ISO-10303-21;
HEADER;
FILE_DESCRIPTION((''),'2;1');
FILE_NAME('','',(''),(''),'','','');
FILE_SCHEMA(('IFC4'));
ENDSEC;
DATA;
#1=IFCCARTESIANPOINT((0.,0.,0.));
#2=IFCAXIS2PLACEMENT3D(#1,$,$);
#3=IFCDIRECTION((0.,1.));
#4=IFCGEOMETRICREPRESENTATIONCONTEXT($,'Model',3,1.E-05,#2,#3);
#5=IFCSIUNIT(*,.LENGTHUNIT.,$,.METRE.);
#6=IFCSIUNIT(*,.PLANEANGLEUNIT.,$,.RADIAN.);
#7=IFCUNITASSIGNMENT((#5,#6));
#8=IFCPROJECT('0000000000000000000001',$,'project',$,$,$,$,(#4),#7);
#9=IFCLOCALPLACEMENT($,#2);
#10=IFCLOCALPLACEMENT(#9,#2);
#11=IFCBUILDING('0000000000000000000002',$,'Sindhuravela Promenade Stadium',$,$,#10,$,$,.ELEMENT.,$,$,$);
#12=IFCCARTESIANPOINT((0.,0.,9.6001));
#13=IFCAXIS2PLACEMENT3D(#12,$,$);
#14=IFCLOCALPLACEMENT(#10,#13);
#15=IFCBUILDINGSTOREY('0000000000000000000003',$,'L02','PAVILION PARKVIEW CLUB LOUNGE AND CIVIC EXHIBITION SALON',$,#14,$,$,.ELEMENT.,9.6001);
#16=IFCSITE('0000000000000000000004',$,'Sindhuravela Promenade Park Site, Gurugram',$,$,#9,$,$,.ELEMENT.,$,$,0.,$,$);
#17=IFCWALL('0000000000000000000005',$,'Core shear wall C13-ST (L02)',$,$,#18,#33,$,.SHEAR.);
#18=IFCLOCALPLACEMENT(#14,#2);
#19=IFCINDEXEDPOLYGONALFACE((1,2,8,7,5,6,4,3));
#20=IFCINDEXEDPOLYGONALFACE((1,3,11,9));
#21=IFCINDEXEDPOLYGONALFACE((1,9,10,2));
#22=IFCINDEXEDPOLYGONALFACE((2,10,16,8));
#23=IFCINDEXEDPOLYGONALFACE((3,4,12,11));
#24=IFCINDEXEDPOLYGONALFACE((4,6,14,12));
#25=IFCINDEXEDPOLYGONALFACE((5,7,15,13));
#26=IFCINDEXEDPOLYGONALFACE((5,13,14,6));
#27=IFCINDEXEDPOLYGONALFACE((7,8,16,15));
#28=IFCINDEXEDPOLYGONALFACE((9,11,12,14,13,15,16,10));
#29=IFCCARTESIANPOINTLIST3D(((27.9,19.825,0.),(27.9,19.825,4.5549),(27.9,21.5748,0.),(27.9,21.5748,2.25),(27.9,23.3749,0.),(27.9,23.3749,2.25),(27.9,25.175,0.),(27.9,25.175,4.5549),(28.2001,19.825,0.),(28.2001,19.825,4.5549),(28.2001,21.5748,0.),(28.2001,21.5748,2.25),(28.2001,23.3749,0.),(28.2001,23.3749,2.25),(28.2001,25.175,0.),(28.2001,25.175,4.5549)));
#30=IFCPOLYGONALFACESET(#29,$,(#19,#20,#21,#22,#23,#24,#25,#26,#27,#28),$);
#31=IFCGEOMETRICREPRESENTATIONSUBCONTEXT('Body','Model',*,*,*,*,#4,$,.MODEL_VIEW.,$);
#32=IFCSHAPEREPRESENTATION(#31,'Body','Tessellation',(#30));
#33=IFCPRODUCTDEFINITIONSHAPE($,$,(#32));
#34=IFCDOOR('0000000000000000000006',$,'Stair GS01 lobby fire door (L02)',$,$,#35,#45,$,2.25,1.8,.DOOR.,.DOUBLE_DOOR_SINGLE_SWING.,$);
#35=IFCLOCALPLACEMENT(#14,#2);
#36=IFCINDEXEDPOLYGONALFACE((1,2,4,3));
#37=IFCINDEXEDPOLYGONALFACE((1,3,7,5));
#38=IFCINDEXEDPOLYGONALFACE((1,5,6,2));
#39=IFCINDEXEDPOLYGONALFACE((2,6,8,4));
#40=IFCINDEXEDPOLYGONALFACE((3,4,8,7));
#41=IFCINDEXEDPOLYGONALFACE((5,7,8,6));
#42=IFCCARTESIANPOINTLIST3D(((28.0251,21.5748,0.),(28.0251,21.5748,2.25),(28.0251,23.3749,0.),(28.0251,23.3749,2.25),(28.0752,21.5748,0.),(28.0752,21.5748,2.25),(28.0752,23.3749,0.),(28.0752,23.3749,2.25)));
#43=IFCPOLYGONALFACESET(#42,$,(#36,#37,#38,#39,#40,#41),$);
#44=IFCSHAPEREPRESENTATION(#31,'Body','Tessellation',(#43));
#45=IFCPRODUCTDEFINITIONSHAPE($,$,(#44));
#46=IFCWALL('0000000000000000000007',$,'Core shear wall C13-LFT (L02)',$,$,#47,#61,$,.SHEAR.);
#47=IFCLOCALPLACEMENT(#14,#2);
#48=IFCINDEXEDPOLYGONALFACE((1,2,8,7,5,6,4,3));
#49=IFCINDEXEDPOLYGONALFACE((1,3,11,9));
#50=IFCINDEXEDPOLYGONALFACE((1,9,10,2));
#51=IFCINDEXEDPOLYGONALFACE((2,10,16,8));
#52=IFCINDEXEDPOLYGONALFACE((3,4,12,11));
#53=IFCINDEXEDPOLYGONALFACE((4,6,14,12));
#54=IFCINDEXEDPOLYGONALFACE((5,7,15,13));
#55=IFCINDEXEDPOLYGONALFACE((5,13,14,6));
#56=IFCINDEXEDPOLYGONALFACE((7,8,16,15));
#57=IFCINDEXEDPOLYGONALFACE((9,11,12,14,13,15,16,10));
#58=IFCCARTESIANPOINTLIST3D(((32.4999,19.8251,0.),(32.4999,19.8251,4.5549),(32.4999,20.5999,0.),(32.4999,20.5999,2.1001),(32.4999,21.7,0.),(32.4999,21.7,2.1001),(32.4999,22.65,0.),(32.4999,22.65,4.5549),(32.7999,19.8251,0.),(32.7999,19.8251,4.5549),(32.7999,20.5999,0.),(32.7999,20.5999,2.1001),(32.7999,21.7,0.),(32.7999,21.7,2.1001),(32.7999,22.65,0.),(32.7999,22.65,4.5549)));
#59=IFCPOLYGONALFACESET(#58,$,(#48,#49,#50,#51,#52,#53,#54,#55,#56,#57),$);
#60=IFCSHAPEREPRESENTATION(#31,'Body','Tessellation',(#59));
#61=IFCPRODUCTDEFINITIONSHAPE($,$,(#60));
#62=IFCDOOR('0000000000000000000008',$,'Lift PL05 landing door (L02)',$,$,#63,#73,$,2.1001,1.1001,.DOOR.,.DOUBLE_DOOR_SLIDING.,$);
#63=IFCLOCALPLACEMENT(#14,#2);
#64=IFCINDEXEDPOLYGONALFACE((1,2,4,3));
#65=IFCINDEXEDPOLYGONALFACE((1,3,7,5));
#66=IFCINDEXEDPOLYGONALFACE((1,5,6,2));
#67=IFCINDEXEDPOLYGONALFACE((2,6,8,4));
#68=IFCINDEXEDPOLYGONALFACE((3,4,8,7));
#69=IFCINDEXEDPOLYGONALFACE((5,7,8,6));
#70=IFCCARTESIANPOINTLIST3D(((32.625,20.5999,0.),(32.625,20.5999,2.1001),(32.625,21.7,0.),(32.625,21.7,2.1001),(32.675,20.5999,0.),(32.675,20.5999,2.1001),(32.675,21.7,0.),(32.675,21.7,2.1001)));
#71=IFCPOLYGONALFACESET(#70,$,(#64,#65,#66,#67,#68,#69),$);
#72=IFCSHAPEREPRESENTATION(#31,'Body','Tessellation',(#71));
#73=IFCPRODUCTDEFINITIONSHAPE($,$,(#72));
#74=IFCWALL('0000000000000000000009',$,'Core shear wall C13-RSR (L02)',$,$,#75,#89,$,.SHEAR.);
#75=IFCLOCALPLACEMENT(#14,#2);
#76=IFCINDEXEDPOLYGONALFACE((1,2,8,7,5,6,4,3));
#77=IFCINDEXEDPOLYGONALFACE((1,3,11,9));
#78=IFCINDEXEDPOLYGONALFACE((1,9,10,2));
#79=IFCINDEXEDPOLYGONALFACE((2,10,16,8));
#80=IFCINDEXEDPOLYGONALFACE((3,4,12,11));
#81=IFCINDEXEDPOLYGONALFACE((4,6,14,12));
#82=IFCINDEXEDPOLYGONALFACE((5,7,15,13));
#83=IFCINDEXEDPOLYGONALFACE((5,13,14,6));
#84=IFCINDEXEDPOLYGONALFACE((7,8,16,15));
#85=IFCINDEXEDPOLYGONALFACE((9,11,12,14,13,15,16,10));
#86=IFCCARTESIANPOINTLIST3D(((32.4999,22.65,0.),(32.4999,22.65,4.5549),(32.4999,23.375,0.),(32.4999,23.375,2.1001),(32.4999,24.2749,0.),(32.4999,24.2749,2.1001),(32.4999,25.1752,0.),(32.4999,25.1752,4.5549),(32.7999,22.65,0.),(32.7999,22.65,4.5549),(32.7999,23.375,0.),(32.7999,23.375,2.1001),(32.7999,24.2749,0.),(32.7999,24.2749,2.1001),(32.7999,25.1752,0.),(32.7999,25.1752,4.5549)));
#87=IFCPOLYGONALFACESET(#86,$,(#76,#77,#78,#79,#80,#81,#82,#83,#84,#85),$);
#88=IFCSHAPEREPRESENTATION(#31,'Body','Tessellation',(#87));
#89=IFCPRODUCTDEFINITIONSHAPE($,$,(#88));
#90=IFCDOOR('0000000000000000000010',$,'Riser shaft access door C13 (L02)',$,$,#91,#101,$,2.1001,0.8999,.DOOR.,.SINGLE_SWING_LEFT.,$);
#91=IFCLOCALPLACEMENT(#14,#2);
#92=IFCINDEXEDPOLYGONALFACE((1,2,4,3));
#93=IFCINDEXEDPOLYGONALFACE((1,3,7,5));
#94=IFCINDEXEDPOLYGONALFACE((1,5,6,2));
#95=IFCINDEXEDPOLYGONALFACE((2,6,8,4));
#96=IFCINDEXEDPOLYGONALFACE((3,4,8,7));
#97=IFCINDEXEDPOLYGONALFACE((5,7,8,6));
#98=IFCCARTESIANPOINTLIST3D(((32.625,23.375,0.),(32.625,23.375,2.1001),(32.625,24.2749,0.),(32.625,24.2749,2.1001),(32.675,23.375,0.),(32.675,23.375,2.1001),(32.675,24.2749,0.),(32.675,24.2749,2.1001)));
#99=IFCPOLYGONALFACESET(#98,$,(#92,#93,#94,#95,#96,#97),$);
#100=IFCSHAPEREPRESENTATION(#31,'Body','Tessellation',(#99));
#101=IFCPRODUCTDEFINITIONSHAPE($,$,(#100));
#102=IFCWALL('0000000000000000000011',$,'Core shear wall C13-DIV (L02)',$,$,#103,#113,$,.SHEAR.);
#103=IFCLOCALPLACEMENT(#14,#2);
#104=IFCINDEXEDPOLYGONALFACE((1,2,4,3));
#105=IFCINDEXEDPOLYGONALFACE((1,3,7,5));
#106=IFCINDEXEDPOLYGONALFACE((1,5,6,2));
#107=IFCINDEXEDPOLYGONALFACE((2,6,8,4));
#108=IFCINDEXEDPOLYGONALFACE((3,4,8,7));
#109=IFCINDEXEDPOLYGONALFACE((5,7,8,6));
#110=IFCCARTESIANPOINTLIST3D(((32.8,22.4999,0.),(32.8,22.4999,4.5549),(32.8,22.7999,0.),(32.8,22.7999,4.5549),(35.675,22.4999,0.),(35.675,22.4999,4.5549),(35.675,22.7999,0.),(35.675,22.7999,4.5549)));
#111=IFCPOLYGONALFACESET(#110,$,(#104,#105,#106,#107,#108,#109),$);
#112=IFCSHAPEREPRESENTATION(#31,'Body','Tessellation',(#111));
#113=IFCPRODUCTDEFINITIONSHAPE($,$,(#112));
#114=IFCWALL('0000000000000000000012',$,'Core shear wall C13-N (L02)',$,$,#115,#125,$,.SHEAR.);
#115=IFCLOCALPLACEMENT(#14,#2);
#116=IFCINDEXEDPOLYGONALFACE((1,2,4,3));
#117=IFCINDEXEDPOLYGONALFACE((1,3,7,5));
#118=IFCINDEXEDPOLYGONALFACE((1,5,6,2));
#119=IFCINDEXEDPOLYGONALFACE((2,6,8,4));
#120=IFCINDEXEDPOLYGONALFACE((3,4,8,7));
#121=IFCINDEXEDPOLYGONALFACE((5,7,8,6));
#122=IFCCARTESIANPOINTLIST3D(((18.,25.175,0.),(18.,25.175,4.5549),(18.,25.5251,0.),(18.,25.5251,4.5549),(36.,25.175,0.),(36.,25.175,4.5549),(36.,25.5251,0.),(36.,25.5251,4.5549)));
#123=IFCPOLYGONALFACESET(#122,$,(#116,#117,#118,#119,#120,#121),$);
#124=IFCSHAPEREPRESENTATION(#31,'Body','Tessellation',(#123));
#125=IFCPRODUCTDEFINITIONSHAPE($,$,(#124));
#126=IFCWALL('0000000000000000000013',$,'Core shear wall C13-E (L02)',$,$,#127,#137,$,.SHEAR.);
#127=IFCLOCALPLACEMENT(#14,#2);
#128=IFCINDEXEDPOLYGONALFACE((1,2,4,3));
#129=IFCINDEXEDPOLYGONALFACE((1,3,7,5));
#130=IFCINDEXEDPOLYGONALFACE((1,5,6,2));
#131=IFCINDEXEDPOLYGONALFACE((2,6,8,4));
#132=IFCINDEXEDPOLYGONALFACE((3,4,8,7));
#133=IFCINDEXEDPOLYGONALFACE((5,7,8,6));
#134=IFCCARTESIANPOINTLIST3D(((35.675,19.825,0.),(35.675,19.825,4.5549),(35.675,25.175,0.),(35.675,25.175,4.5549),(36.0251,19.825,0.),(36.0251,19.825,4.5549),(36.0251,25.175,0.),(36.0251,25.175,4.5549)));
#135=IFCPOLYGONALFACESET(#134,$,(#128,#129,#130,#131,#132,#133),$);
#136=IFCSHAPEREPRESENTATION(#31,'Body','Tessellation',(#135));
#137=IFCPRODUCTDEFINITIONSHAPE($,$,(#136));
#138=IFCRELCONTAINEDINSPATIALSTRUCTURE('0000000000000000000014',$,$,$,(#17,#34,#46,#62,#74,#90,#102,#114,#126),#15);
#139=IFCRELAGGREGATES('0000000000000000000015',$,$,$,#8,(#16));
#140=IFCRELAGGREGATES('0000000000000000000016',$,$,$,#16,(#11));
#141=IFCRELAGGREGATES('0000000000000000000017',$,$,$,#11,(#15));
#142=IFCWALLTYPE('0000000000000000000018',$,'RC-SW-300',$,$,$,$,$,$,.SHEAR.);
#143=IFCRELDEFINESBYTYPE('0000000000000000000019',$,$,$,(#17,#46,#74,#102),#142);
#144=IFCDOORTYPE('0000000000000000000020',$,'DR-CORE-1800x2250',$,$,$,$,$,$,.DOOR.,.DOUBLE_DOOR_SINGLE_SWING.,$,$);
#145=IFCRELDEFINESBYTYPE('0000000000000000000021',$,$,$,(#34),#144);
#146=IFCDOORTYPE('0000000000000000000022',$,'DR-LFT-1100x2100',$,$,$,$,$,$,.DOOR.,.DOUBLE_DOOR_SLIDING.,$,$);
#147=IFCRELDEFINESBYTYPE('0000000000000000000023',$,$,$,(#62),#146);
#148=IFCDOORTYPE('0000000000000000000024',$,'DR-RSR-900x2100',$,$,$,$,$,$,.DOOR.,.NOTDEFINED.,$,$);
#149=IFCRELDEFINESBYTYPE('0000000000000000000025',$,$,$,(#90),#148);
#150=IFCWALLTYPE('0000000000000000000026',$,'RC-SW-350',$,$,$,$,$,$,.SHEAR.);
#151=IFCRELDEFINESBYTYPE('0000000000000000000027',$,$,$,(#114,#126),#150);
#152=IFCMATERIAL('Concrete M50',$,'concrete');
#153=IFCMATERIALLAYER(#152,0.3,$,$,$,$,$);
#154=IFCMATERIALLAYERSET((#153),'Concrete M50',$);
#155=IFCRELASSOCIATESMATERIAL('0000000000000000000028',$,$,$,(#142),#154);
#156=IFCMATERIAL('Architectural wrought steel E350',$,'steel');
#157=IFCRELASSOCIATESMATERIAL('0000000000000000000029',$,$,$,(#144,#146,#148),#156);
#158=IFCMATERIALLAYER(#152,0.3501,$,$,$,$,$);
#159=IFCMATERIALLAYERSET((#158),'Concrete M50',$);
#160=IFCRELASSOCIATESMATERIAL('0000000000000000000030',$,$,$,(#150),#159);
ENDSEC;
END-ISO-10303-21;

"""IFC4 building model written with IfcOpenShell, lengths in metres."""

from ifc_helpers import new_model, si_unit, direction, frame, frame_2d, origin, place, context, subcontext, project, spatial, rectangle, extrude, material, layer, layer_set, type_object, element, fill, save


model = new_model("IFC4")

# Units and contexts
model_context = context("Model", 3, precision=1e-05, world=origin(), true_north=direction((0.0, 1.0)))
body_context = subcontext(model_context, "Body", "Model", "MODEL_VIEW")
ifc_project = project(units=[si_unit("LENGTHUNIT", "METRE"), si_unit("PLANEANGLEUNIT", "RADIAN")], contexts=[model_context])

# Site, building, storey
site_placement = place(None, origin())
site = spatial("IfcSite", under=ifc_project, at=site_placement, Name="Sindhuravela Promenade Park Site, Gurugram", CompositionType="ELEMENT", RefElevation=0.0)
building_placement = place(site_placement, origin())
building = spatial("IfcBuilding", under=site, at=building_placement, Name="Sindhuravela Promenade Stadium", CompositionType="ELEMENT")
storey_placement = place(building_placement, frame((0.0, 0.0, 9.6001)))
storey = spatial("IfcBuildingStorey", under=building, at=storey_placement, Name="L02", Description="PAVILION PARKVIEW CLUB LOUNGE AND CIVIC EXHIBITION SALON", CompositionType="ELEMENT", Elevation=9.6001)

# Walls, openings, doors
ifc_material_1 = material(Name="Concrete M50", Category="concrete")
ifc_layer_1 = layer(ifc_material_1, 0.3)
ifc_layer_set_1 = layer_set([ifc_layer_1], Name="Concrete M50")
wall_type_1 = type_object("IfcWallType", Name="RC-SW-300", PredefinedType="SHEAR", material=ifc_layer_set_1)
wall_1_placement = place(storey_placement, frame((28.05, 19.825, 0.0), z_axis=(0.0, 0.0, 1.0), x_axis=(0.0, 1.0, 0.0)))
wall_1 = element("IfcWall", 1, at=wall_1_placement, inside=storey, type_object=wall_type_1, Name="Core shear wall C13-ST (L02)", PredefinedType="SHEAR", context=body_context, shape_type="SweptSolid", body=[
    extrude(rectangle(XDim=5.3501, YDim=0.3, at=frame_2d((2.675, 0.0))), origin(), (0.0, 0.0, 1.0), 4.5549),
])
opening_1_placement = place(wall_1_placement, frame((1.75, 0.0, 0.0)))
opening_1 = element("IfcOpeningElement", 2, at=opening_1_placement, cuts=wall_1, PredefinedType="OPENING", context=body_context, shape_type="SweptSolid", body=[
    extrude(rectangle(XDim=1.8, YDim=2.25, at=frame_2d((0.8999, 1.125))), frame((0.0, 0.1599, 0.0), z_axis=(0.0, -1.0, 0.0), x_axis=(1.0, 0.0, 0.0)), (0.0, 0.0, 1.0), 0.3201),
])
ifc_material_2 = material(Name="Architectural wrought steel E350", Category="steel")
door_type_1 = type_object("IfcDoorType", Name="DR-CORE-1800x2250", OperationType="DOUBLE_DOOR_SINGLE_SWING", PredefinedType="DOOR", material=ifc_material_2)
door_1_placement = place(opening_1_placement, origin())
door_1 = element("IfcDoor", 3, at=door_1_placement, inside=storey, type_object=door_type_1, Name="Stair GS01 lobby fire door (L02)", OperationType="DOUBLE_DOOR_SINGLE_SWING", OverallHeight=2.25, OverallWidth=1.8, PredefinedType="DOOR", context=body_context, shape_type="SweptSolid", body=[
    extrude(rectangle(XDim=1.8, YDim=2.25, at=frame_2d((0.8999, 1.125))), frame((0.0, 0.0249, 0.0), z_axis=(0.0, -1.0, 0.0), x_axis=(1.0, 0.0, 0.0)), (0.0, 0.0, 1.0), 0.05),
])
fill(opening_1, door_1)
wall_2_placement = place(storey_placement, frame((32.6499, 19.825, 0.0), z_axis=(0.0, 0.0, 1.0), x_axis=(0.0, 1.0, 0.0)))
wall_2 = element("IfcWall", 4, at=wall_2_placement, inside=storey, type_object=wall_type_1, Name="Core shear wall C13-LFT (L02)", PredefinedType="SHEAR", context=body_context, shape_type="SweptSolid", body=[
    extrude(rectangle(XDim=2.825, YDim=0.3, at=frame_2d((1.4126, 0.0))), origin(), (0.0, 0.0, 1.0), 4.5549),
])
opening_2_placement = place(wall_2_placement, frame((0.7749, 0.0, 0.0)))
opening_2 = element("IfcOpeningElement", 5, at=opening_2_placement, cuts=wall_2, PredefinedType="OPENING", context=body_context, shape_type="SweptSolid", body=[
    extrude(rectangle(XDim=1.1001, YDim=2.1001, at=frame_2d((0.55, 1.05))), frame((0.0, 0.1599, 0.0), z_axis=(0.0, -1.0, 0.0), x_axis=(1.0, 0.0, 0.0)), (0.0, 0.0, 1.0), 0.3201),
])
door_type_2 = type_object("IfcDoorType", Name="DR-LFT-1100x2100", OperationType="DOUBLE_DOOR_SLIDING", PredefinedType="DOOR", material=ifc_material_2)
door_2_placement = place(opening_2_placement, origin())
door_2 = element("IfcDoor", 6, at=door_2_placement, inside=storey, type_object=door_type_2, Name="Lift PL05 landing door (L02)", OperationType="DOUBLE_DOOR_SLIDING", OverallHeight=2.1001, OverallWidth=1.1001, PredefinedType="DOOR", context=body_context, shape_type="SweptSolid", body=[
    extrude(rectangle(XDim=1.1001, YDim=2.1001, at=frame_2d((0.55, 1.05))), frame((0.0, 0.0249, 0.0), z_axis=(0.0, -1.0, 0.0), x_axis=(1.0, 0.0, 0.0)), (0.0, 0.0, 1.0), 0.05),
])
fill(opening_2, door_2)
wall_3_placement = place(storey_placement, frame((32.6499, 22.6499, 0.0), z_axis=(0.0, 0.0, 1.0), x_axis=(0.0, 1.0, 0.0)))
wall_3 = element("IfcWall", 7, at=wall_3_placement, inside=storey, type_object=wall_type_1, Name="Core shear wall C13-RSR (L02)", PredefinedType="SHEAR", context=body_context, shape_type="SweptSolid", body=[
    extrude(rectangle(XDim=2.5251, YDim=0.3, at=frame_2d((1.2627, 0.0))), origin(), (0.0, 0.0, 1.0), 4.5549),
])
opening_3_placement = place(wall_3_placement, frame((0.7251, 0.0, 0.0)))
opening_3 = element("IfcOpeningElement", 8, at=opening_3_placement, cuts=wall_3, PredefinedType="OPENING", context=body_context, shape_type="SweptSolid", body=[
    extrude(rectangle(XDim=0.8999, YDim=2.1001, at=frame_2d((0.45, 1.05))), frame((0.0, 0.1599, 0.0), z_axis=(0.0, -1.0, 0.0), x_axis=(1.0, 0.0, 0.0)), (0.0, 0.0, 1.0), 0.3201),
])
door_type_3 = type_object("IfcDoorType", Name="DR-RSR-900x2100", OperationType="NOTDEFINED", PredefinedType="DOOR", material=ifc_material_2)
door_3_placement = place(opening_3_placement, origin())
door_3 = element("IfcDoor", 9, at=door_3_placement, inside=storey, type_object=door_type_3, Name="Riser shaft access door C13 (L02)", OperationType="SINGLE_SWING_LEFT", OverallHeight=2.1001, OverallWidth=0.8999, PredefinedType="DOOR", context=body_context, shape_type="SweptSolid", body=[
    extrude(rectangle(XDim=0.8999, YDim=2.1001, at=frame_2d((0.45, 1.05))), frame((0.0, 0.0249, 0.0), z_axis=(0.0, -1.0, 0.0), x_axis=(1.0, 0.0, 0.0)), (0.0, 0.0, 1.0), 0.05),
])
fill(opening_3, door_3)

# Walls
wall_4_placement = place(storey_placement, frame((32.8, 22.6499, 0.0), z_axis=(0.0, 0.0, 1.0), x_axis=(1.0, 0.0, 0.0)))
element("IfcWall", 10, at=wall_4_placement, inside=storey, type_object=wall_type_1, Name="Core shear wall C13-DIV (L02)", PredefinedType="SHEAR", context=body_context, shape_type="SweptSolid", body=[
    extrude(rectangle(XDim=2.875, YDim=0.3, at=frame_2d((1.4375, 0.0))), origin(), (0.0, 0.0, 1.0), 4.5549),
])
ifc_layer_2 = layer(ifc_material_1, 0.3501)
ifc_layer_set_2 = layer_set([ifc_layer_2], Name="Concrete M50")
wall_type_2 = type_object("IfcWallType", Name="RC-SW-350", PredefinedType="SHEAR", material=ifc_layer_set_2)
wall_5_placement = place(storey_placement, frame((36.0, 25.3501, 0.0), z_axis=(0.0, 0.0, 1.0), x_axis=(-1.0, 0.0, 0.0)))
element("IfcWall", 11, at=wall_5_placement, inside=storey, type_object=wall_type_2, Name="Core shear wall C13-N (L02)", PredefinedType="SHEAR", context=body_context, shape_type="SweptSolid", body=[
    extrude(rectangle(XDim=18.0, YDim=0.3501, at=frame_2d((9.0, 0.0))), origin(), (0.0, 0.0, 1.0), 4.5549),
])
wall_6_placement = place(storey_placement, frame((35.8501, 19.825, 0.0), z_axis=(0.0, 0.0, 1.0), x_axis=(0.0, 1.0, 0.0)))
element("IfcWall", 12, at=wall_6_placement, inside=storey, type_object=wall_type_2, Name="Core shear wall C13-E (L02)", PredefinedType="SHEAR", context=body_context, shape_type="SweptSolid", body=[
    extrude(rectangle(XDim=5.3501, YDim=0.3501, at=frame_2d((2.675, 0.0))), origin(), (0.0, 0.0, 1.0), 4.5549),
])

save(model, "model.ifc")
